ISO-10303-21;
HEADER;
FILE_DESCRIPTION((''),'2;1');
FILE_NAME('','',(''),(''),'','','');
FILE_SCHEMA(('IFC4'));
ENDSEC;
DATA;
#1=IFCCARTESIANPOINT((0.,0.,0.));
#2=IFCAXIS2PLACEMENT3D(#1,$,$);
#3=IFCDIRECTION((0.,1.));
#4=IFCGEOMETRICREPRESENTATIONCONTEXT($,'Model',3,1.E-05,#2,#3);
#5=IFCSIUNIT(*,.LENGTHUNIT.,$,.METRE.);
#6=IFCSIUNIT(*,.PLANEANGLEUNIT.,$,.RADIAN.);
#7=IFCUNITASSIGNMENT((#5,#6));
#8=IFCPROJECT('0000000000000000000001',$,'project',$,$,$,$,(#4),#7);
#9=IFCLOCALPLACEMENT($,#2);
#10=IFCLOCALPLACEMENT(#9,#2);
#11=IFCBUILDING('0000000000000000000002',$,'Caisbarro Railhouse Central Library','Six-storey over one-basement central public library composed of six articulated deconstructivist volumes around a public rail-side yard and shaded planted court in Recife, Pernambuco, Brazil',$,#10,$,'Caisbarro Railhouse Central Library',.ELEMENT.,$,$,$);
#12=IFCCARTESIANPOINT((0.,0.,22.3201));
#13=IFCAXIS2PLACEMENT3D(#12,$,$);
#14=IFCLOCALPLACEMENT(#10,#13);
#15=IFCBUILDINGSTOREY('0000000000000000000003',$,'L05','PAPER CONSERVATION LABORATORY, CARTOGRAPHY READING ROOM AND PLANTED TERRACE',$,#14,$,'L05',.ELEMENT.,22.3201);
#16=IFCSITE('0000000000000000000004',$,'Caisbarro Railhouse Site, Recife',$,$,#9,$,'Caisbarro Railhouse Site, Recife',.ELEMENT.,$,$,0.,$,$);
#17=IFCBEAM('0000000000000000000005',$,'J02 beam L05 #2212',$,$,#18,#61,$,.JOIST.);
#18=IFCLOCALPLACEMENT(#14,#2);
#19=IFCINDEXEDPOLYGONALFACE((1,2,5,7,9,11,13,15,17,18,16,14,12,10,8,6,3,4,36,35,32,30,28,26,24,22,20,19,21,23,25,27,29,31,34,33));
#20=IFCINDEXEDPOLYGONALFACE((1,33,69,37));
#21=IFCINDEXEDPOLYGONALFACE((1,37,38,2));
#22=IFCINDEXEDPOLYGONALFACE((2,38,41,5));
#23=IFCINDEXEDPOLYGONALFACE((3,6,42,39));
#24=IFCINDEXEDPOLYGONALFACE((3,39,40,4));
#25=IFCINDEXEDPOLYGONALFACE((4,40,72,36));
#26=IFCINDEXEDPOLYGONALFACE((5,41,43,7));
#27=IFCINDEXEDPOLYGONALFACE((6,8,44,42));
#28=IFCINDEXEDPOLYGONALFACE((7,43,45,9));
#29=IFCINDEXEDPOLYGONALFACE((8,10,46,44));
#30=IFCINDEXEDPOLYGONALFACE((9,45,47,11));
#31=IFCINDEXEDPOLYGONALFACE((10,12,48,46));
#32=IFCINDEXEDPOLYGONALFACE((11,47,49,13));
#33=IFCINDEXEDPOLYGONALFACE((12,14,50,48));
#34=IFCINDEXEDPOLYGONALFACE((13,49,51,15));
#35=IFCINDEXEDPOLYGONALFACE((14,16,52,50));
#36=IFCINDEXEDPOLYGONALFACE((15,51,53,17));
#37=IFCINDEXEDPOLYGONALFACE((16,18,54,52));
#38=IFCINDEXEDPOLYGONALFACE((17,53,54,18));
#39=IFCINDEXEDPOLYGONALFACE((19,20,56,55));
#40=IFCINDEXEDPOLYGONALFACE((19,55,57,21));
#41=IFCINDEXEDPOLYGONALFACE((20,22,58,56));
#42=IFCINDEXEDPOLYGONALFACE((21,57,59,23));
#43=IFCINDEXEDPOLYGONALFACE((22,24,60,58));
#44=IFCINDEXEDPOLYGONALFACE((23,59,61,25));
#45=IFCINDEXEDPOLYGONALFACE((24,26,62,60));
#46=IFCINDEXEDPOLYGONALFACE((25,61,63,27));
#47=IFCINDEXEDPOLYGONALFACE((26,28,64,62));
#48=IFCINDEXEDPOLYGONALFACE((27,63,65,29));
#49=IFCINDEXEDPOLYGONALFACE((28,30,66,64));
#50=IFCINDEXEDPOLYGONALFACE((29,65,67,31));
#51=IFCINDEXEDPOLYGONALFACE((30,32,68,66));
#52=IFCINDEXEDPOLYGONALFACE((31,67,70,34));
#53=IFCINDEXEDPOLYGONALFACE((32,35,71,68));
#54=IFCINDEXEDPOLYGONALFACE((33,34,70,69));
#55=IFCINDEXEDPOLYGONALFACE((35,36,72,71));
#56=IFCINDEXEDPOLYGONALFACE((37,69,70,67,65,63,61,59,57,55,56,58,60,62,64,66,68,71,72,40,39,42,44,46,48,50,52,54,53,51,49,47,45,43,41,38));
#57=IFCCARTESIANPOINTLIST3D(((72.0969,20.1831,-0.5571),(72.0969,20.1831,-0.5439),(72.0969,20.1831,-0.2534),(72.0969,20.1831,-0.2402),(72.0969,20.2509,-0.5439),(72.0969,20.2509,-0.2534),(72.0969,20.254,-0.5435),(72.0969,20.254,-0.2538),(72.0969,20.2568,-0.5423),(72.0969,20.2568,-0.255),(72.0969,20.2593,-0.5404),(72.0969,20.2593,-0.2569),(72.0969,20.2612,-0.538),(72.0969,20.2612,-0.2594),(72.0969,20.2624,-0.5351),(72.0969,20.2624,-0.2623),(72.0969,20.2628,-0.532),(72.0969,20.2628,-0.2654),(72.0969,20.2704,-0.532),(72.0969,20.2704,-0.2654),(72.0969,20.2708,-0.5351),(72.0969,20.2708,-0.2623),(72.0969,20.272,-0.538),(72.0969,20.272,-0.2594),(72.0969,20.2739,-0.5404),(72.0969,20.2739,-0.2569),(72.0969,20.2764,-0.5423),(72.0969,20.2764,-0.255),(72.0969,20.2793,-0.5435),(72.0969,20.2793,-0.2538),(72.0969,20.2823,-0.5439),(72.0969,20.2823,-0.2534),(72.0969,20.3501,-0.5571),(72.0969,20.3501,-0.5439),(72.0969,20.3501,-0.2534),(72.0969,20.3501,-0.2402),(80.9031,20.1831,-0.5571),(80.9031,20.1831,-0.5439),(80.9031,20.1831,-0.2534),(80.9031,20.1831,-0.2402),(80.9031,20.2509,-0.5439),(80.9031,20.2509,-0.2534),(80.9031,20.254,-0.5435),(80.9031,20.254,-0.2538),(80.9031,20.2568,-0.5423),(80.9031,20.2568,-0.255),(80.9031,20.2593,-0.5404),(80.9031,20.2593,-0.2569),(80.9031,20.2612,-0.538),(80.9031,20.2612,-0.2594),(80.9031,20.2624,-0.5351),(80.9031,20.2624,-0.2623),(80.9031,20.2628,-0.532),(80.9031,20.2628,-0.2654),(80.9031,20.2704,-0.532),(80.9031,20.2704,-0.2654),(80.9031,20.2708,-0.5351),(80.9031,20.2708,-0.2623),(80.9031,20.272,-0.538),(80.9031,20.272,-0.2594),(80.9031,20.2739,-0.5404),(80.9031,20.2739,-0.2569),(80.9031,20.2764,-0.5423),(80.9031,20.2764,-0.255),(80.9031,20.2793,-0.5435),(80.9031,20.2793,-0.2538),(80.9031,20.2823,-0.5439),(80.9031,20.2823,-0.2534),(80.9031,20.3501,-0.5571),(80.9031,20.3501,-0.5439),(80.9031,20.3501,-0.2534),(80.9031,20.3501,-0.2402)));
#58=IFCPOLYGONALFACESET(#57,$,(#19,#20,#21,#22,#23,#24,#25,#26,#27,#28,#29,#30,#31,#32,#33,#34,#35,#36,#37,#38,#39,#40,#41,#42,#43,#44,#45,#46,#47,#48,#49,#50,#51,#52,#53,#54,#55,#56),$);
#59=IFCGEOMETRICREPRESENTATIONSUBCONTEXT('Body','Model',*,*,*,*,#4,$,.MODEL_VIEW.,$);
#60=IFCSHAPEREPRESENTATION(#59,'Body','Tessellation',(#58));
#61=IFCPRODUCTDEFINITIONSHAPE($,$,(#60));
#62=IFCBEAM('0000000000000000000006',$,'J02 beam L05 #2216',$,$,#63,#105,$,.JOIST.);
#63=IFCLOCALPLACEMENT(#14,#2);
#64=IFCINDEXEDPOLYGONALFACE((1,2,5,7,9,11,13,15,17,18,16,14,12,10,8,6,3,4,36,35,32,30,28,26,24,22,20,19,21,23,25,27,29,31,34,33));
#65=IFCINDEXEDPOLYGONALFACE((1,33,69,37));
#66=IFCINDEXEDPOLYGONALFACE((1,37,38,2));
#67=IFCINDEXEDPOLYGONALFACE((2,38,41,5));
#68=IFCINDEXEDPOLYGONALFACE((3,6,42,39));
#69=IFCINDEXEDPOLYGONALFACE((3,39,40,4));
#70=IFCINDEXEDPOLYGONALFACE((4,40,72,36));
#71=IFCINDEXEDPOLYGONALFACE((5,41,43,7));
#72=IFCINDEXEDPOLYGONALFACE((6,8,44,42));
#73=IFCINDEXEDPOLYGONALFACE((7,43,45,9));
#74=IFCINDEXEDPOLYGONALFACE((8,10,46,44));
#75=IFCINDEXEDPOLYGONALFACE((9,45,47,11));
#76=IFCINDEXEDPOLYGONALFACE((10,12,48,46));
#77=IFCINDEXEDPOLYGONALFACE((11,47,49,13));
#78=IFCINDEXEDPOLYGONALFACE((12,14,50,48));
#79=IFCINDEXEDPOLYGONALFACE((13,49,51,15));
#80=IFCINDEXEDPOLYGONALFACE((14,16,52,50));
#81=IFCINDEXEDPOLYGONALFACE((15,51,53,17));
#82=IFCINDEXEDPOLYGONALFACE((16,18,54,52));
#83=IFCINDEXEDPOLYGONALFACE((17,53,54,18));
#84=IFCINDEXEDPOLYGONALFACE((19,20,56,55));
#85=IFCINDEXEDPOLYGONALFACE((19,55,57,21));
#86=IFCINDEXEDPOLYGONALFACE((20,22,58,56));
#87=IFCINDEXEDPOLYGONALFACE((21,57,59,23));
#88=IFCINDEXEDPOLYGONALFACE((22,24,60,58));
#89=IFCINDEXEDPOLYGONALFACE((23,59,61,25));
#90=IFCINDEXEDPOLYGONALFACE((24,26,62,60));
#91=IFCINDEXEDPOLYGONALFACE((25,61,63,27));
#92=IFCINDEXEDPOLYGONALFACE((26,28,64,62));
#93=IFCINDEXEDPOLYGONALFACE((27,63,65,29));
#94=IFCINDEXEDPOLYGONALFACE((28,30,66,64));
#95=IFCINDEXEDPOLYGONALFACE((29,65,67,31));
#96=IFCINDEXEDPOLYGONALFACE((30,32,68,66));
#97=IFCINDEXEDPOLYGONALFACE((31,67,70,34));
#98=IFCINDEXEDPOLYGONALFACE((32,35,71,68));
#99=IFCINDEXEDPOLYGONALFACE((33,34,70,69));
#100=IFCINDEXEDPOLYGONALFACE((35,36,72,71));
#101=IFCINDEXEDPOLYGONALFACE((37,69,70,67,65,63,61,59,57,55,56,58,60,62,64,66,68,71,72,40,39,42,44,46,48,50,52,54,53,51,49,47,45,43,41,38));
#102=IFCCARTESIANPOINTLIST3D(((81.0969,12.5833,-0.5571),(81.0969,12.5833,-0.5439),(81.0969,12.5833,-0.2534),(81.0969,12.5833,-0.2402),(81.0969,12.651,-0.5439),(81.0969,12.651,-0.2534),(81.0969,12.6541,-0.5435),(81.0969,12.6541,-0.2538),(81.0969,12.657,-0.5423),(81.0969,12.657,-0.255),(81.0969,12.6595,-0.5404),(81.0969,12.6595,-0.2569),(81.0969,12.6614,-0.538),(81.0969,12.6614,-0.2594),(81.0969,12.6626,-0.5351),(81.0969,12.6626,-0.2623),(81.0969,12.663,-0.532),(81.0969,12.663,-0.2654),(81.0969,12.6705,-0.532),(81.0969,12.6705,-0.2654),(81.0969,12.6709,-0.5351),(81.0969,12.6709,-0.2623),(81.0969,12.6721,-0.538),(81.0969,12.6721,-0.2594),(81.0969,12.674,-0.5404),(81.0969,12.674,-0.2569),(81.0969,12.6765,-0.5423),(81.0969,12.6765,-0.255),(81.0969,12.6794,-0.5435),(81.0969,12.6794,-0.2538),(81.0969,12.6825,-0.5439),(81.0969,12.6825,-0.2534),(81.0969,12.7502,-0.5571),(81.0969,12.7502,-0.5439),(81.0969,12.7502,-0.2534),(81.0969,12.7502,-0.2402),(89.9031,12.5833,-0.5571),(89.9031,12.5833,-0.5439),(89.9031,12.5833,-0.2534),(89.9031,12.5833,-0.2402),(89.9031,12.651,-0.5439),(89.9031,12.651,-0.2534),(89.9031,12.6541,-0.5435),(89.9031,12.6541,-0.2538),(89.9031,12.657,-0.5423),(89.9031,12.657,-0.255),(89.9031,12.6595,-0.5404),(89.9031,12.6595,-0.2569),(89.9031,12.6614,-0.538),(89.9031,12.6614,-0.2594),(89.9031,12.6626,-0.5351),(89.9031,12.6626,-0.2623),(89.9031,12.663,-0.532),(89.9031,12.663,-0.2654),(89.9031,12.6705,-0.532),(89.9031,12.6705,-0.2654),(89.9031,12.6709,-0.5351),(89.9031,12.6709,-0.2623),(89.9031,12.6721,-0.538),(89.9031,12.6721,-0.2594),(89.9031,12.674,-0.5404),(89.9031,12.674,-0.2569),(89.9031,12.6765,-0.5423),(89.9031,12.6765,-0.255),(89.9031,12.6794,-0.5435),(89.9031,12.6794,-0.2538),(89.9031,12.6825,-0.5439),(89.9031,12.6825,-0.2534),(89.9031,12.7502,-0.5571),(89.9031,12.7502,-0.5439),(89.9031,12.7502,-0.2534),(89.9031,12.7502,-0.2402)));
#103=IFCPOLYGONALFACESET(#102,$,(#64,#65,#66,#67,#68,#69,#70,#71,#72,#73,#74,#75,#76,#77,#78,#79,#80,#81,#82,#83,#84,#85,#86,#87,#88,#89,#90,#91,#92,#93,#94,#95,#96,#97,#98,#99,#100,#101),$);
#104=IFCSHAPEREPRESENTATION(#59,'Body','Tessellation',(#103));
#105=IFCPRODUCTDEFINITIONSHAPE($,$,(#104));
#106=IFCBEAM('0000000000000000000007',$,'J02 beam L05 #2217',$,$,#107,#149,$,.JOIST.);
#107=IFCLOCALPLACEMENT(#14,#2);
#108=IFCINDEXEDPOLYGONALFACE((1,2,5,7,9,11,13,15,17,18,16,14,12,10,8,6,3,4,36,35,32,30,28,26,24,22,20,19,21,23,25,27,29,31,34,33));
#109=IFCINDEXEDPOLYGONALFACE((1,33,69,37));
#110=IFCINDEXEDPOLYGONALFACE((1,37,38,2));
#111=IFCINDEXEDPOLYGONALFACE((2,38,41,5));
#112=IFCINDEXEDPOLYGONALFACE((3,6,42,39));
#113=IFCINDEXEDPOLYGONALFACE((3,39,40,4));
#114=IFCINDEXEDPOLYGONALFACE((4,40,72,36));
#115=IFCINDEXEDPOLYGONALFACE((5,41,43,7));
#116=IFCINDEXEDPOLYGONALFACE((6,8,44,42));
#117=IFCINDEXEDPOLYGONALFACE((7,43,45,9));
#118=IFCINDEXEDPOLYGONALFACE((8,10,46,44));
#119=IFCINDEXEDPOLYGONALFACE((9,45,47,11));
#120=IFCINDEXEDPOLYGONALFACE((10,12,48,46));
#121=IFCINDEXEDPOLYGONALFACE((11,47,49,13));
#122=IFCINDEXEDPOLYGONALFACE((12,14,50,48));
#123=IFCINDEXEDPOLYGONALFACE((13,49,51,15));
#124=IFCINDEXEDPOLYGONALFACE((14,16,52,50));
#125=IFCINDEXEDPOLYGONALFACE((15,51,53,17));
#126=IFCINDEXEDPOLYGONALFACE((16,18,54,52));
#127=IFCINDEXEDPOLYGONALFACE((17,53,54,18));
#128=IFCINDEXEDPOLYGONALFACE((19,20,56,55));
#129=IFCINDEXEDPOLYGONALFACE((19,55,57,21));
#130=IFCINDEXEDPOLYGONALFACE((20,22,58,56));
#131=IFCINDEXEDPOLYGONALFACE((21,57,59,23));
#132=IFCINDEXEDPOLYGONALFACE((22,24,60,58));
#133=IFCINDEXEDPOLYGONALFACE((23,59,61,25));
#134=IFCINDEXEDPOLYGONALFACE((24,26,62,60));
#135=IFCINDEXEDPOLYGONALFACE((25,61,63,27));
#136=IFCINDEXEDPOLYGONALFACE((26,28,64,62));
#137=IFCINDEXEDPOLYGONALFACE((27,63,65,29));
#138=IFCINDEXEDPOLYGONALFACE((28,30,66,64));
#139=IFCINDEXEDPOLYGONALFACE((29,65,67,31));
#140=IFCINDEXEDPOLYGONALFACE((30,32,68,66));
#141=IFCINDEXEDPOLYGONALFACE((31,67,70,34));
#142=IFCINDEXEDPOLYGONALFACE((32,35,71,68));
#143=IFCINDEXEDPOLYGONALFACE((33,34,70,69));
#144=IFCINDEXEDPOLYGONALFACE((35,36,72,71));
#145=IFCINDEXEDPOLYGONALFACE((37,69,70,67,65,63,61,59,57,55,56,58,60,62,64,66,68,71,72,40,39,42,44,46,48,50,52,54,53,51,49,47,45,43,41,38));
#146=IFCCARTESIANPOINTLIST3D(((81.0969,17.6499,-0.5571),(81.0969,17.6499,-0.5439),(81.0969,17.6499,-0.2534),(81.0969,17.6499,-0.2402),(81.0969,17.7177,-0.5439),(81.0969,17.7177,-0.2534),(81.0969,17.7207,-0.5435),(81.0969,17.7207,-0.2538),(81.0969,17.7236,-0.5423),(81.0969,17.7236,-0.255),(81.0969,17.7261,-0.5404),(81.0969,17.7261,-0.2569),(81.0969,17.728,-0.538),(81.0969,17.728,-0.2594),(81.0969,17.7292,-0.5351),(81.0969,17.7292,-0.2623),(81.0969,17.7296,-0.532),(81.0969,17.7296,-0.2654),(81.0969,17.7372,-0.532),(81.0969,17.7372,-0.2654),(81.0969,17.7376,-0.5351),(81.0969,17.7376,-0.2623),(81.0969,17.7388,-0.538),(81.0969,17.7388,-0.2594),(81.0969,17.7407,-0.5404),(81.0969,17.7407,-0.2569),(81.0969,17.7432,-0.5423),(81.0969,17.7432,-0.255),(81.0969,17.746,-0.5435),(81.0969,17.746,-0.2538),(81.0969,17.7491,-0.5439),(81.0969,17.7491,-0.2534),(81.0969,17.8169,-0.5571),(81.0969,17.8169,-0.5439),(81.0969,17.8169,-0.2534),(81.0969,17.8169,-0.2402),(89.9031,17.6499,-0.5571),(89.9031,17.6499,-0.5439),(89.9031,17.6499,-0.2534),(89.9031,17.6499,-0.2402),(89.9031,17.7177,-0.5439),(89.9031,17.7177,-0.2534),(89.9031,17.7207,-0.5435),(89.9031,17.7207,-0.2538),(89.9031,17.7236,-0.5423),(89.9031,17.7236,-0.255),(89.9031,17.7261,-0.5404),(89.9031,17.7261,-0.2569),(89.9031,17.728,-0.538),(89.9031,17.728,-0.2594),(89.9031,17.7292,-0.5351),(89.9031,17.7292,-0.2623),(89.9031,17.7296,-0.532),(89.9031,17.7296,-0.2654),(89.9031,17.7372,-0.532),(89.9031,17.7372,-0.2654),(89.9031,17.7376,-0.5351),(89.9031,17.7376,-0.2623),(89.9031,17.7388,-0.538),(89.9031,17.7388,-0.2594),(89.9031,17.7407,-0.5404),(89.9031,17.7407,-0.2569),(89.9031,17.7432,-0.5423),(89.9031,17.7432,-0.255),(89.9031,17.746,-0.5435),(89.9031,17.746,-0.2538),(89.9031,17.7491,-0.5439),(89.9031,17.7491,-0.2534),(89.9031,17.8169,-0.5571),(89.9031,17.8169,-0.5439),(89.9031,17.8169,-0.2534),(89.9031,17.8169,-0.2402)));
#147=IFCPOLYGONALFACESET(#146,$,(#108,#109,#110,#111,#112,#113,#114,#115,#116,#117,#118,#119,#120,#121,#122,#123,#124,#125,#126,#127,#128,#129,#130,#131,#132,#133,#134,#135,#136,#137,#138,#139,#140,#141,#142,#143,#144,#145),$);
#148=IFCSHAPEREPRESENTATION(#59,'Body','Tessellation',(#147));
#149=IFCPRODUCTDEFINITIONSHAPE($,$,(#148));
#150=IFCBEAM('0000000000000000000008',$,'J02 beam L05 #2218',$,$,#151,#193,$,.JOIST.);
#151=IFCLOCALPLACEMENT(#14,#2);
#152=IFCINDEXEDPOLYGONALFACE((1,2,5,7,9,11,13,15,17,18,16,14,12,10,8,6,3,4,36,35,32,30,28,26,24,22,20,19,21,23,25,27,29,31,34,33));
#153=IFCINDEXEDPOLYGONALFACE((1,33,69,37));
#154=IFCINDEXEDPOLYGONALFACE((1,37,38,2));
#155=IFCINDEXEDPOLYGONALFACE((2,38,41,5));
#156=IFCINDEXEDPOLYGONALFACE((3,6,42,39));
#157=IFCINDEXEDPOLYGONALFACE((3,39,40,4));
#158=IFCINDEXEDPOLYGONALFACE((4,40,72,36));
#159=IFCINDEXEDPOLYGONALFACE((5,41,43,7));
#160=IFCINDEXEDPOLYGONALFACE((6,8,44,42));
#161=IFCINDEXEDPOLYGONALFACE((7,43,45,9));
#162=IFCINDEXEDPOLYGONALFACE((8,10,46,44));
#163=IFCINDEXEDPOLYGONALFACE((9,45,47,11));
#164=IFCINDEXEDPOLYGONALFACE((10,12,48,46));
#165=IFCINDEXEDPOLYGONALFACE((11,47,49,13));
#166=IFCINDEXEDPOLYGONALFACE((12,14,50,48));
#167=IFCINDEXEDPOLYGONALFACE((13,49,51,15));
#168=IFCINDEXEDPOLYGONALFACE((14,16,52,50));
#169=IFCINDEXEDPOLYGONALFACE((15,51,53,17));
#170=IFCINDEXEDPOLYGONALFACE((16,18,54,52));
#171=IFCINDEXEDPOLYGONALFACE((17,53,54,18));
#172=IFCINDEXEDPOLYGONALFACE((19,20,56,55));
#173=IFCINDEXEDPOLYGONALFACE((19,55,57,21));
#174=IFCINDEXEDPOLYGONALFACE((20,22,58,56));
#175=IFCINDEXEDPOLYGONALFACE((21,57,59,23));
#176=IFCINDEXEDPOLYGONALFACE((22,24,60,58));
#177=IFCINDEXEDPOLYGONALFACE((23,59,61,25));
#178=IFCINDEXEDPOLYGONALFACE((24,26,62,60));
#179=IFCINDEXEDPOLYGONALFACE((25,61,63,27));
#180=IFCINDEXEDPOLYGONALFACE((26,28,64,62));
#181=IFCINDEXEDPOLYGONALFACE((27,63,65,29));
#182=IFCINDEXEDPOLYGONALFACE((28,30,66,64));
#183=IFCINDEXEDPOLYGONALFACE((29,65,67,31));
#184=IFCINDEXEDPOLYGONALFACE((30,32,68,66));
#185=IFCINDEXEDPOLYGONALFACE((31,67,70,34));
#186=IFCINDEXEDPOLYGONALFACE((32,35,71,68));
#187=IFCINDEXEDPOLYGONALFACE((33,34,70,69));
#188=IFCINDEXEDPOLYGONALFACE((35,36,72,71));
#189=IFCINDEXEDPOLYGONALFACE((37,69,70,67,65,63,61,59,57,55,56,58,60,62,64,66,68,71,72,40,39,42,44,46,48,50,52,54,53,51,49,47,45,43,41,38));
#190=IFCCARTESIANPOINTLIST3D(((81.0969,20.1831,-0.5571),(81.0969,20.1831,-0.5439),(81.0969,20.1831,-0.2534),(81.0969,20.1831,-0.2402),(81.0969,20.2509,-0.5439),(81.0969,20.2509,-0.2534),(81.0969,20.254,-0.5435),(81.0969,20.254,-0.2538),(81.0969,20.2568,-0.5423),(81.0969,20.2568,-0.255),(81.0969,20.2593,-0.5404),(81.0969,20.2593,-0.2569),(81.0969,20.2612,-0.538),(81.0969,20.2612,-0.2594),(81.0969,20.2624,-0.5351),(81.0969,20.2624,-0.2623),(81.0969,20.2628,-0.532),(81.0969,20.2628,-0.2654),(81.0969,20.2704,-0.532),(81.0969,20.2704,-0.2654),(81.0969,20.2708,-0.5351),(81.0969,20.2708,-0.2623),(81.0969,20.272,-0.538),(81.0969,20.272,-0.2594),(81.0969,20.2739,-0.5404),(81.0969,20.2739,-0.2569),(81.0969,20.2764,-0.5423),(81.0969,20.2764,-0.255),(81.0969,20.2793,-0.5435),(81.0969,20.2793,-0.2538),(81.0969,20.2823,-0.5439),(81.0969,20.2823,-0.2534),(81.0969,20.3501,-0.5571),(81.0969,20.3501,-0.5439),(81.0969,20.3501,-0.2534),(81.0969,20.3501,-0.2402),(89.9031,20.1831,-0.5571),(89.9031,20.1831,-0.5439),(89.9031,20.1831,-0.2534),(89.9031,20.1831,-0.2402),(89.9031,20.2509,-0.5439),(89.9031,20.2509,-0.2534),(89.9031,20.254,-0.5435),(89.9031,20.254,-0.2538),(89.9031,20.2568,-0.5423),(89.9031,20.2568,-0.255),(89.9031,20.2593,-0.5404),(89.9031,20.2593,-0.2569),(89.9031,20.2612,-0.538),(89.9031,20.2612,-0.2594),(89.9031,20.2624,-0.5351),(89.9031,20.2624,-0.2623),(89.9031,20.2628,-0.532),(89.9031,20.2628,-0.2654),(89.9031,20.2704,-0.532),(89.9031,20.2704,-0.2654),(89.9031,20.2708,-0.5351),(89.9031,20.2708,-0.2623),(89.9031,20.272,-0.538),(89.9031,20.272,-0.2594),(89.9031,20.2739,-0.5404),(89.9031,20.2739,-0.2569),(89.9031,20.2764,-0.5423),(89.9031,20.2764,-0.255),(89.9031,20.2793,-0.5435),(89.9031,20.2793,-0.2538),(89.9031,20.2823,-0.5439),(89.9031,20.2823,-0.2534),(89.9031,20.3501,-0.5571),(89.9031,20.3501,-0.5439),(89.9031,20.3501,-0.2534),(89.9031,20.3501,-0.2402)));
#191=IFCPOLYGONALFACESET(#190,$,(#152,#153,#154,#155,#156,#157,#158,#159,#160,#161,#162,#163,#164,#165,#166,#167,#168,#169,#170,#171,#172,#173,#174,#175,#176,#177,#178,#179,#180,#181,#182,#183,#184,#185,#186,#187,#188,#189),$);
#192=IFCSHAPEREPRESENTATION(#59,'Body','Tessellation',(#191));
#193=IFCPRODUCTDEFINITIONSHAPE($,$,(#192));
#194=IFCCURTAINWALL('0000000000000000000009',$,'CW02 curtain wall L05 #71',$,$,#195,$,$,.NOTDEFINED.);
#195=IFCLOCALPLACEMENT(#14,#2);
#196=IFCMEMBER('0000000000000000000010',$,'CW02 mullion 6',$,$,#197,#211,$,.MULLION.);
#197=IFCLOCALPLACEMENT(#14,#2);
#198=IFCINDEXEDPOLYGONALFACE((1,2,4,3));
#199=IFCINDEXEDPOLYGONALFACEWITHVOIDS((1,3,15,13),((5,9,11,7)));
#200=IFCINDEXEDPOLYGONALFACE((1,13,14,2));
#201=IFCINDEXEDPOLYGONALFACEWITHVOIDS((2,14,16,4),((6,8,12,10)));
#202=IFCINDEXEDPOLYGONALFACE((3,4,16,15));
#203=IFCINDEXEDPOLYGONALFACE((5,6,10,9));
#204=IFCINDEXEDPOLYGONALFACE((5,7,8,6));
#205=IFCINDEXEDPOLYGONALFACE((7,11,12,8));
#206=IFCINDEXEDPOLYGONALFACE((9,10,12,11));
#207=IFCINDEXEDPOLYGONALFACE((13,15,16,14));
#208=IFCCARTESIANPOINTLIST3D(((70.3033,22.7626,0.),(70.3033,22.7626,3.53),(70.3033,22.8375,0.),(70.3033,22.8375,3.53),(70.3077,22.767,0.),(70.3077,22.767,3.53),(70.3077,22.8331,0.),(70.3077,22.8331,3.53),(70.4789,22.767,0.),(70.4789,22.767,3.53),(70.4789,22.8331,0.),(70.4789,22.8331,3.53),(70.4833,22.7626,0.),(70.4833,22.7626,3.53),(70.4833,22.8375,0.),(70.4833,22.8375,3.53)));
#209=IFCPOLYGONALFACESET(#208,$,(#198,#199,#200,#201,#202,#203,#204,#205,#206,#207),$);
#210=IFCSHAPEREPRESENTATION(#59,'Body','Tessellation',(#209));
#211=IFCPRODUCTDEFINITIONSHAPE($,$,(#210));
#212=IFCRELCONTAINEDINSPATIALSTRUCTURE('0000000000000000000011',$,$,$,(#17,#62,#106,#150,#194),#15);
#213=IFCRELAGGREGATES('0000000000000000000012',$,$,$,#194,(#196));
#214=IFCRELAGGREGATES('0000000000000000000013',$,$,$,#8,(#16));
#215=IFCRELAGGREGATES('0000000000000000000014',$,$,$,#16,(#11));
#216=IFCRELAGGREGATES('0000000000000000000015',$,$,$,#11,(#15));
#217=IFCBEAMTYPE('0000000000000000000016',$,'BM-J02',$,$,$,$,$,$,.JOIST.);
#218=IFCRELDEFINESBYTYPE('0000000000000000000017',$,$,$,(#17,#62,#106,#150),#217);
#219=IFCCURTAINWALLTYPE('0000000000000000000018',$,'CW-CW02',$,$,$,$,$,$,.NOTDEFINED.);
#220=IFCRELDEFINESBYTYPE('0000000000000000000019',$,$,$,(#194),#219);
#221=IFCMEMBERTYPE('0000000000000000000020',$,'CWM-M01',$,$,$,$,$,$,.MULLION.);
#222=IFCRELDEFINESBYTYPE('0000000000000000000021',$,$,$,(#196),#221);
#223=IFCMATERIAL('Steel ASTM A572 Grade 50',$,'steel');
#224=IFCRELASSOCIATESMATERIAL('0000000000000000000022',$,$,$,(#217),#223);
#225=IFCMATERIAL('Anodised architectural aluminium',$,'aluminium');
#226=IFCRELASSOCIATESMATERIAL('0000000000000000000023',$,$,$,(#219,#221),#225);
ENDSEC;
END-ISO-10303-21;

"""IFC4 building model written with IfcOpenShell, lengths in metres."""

from ifc_helpers import new_model, si_unit, direction, frame, origin, origin_2d, place, context, subcontext, project, spatial, hollow_rectangle, i_section, extrude, material, material_profile, profile_set, type_object, element, aggregate, save


model = new_model("IFC4")

# Units and contexts
model_context = context("Model", 3, precision=1e-05, world=origin(), true_north=direction((0.0, 1.0)))
body_context = subcontext(model_context, "Body", "Model", "MODEL_VIEW")
ifc_project = project(units=[si_unit("LENGTHUNIT", "METRE"), si_unit("PLANEANGLEUNIT", "RADIAN")], contexts=[model_context])

# Site, building, storey
site_placement = place(None, origin())
site = spatial("IfcSite", under=ifc_project, at=site_placement, Name="Caisbarro Railhouse Site, Recife", LongName="Caisbarro Railhouse Site, Recife", CompositionType="ELEMENT", RefElevation=0.0)
building_placement = place(site_placement, origin())
building = spatial("IfcBuilding", under=site, at=building_placement, Name="Caisbarro Railhouse Central Library", Description="Six-storey over one-basement central public library composed of six articulated deconstructivist volumes around a public rail-side yard and shaded planted court in Recife, Pernambuco, Brazil", LongName="Caisbarro Railhouse Central Library", CompositionType="ELEMENT")
storey_placement = place(building_placement, frame((0.0, 0.0, 22.3201)))
storey = spatial("IfcBuildingStorey", under=building, at=storey_placement, Name="L05", Description="PAPER CONSERVATION LABORATORY, CARTOGRAPHY READING ROOM AND PLANTED TERRACE", LongName="L05", CompositionType="ELEMENT", Elevation=22.3201)

# Shared definitions
ifc_material_1 = material(Name="Steel ASTM A572 Grade 50", Category="steel")

# Beams
ifc_material_profile_1 = material_profile(ifc_material_1, i_section(OverallWidth=0.167, OverallDepth=0.3169, WebThickness=0.0076, FlangeThickness=0.0132, FilletRadius=0.012, at=origin_2d()), Name="W310X52.0")
ifc_profile_set_1 = profile_set([ifc_material_profile_1], Name="Steel ASTM A572 Grade 50")
beam_type_1 = type_object("IfcBeamType", Name="BM-J02", PredefinedType="JOIST", material=ifc_profile_set_1)
for number, where, z_axis, x_axis, name in (
    (1, (72.0969, 20.2666, -0.3987), (1.0, 0.0, 0.0), (0.0, 1.0, 0.0), "J02 beam L05 #2212"),
    (2, (81.0969, 12.6667, -0.3987), (1.0, 0.0, 0.0), (0.0, 1.0, 0.0), "J02 beam L05 #2216"),
    (3, (81.0969, 17.7334, -0.3987), (1.0, 0.0, 0.0), (0.0, 1.0, 0.0), "J02 beam L05 #2217"),
    (4, (81.0969, 20.2666, -0.3987), (1.0, 0.0, 0.0), (0.0, 1.0, 0.0), "J02 beam L05 #2218"),
):
    element("IfcBeam", number, at=place(storey_placement, frame(where, z_axis=z_axis, x_axis=x_axis)), inside=storey, type_object=beam_type_1, Name=name, PredefinedType="JOIST", context=body_context, shape_type="SweptSolid", body=[
        extrude(i_section(OverallWidth=0.167, OverallDepth=0.3169, WebThickness=0.0076, FlangeThickness=0.0132, FilletRadius=0.012, at=origin_2d()), origin(), (0.0, 0.0, 1.0), 8.8062),
    ])

# Curtain wall, member
ifc_material_2 = material(Name="Anodised architectural aluminium", Category="aluminium")
curtain_wall_type = type_object("IfcCurtainWallType", Name="CW-CW02", PredefinedType="NOTDEFINED", material=ifc_material_2)
curtain_wall_placement = place(storey_placement, origin())
curtain_wall = element("IfcCurtainWall", 5, at=curtain_wall_placement, inside=storey, type_object=curtain_wall_type, Name="CW02 curtain wall L05 #71", PredefinedType="NOTDEFINED")
ifc_material_profile_2 = material_profile(ifc_material_2, hollow_rectangle(XDim=0.075, YDim=0.1799, WallThickness=0.0044, at=origin_2d()), Name="ALU-MUL-75X180")
ifc_profile_set_2 = profile_set([ifc_material_profile_2], Name="Anodised architectural aluminium")
member_type_1 = type_object("IfcMemberType", Name="CWM-M01", PredefinedType="MULLION", material=ifc_profile_set_2)
member_1_placement = place(storey_placement, frame((70.3933, 22.8, 0.0), z_axis=(0.0, 0.0, 1.0), x_axis=(0.0, 1.0, 0.0)))
member_1 = element("IfcMember", 6, at=member_1_placement, type_object=member_type_1, Name="CW02 mullion 6", PredefinedType="MULLION", context=body_context, shape_type="SweptSolid", body=[
    extrude(hollow_rectangle(XDim=0.075, YDim=0.1799, WallThickness=0.0044, at=origin_2d()), origin(), (0.0, 0.0, 1.0), 3.53),
])
aggregate(curtain_wall, [member_1])

save(model, "model.ifc")
